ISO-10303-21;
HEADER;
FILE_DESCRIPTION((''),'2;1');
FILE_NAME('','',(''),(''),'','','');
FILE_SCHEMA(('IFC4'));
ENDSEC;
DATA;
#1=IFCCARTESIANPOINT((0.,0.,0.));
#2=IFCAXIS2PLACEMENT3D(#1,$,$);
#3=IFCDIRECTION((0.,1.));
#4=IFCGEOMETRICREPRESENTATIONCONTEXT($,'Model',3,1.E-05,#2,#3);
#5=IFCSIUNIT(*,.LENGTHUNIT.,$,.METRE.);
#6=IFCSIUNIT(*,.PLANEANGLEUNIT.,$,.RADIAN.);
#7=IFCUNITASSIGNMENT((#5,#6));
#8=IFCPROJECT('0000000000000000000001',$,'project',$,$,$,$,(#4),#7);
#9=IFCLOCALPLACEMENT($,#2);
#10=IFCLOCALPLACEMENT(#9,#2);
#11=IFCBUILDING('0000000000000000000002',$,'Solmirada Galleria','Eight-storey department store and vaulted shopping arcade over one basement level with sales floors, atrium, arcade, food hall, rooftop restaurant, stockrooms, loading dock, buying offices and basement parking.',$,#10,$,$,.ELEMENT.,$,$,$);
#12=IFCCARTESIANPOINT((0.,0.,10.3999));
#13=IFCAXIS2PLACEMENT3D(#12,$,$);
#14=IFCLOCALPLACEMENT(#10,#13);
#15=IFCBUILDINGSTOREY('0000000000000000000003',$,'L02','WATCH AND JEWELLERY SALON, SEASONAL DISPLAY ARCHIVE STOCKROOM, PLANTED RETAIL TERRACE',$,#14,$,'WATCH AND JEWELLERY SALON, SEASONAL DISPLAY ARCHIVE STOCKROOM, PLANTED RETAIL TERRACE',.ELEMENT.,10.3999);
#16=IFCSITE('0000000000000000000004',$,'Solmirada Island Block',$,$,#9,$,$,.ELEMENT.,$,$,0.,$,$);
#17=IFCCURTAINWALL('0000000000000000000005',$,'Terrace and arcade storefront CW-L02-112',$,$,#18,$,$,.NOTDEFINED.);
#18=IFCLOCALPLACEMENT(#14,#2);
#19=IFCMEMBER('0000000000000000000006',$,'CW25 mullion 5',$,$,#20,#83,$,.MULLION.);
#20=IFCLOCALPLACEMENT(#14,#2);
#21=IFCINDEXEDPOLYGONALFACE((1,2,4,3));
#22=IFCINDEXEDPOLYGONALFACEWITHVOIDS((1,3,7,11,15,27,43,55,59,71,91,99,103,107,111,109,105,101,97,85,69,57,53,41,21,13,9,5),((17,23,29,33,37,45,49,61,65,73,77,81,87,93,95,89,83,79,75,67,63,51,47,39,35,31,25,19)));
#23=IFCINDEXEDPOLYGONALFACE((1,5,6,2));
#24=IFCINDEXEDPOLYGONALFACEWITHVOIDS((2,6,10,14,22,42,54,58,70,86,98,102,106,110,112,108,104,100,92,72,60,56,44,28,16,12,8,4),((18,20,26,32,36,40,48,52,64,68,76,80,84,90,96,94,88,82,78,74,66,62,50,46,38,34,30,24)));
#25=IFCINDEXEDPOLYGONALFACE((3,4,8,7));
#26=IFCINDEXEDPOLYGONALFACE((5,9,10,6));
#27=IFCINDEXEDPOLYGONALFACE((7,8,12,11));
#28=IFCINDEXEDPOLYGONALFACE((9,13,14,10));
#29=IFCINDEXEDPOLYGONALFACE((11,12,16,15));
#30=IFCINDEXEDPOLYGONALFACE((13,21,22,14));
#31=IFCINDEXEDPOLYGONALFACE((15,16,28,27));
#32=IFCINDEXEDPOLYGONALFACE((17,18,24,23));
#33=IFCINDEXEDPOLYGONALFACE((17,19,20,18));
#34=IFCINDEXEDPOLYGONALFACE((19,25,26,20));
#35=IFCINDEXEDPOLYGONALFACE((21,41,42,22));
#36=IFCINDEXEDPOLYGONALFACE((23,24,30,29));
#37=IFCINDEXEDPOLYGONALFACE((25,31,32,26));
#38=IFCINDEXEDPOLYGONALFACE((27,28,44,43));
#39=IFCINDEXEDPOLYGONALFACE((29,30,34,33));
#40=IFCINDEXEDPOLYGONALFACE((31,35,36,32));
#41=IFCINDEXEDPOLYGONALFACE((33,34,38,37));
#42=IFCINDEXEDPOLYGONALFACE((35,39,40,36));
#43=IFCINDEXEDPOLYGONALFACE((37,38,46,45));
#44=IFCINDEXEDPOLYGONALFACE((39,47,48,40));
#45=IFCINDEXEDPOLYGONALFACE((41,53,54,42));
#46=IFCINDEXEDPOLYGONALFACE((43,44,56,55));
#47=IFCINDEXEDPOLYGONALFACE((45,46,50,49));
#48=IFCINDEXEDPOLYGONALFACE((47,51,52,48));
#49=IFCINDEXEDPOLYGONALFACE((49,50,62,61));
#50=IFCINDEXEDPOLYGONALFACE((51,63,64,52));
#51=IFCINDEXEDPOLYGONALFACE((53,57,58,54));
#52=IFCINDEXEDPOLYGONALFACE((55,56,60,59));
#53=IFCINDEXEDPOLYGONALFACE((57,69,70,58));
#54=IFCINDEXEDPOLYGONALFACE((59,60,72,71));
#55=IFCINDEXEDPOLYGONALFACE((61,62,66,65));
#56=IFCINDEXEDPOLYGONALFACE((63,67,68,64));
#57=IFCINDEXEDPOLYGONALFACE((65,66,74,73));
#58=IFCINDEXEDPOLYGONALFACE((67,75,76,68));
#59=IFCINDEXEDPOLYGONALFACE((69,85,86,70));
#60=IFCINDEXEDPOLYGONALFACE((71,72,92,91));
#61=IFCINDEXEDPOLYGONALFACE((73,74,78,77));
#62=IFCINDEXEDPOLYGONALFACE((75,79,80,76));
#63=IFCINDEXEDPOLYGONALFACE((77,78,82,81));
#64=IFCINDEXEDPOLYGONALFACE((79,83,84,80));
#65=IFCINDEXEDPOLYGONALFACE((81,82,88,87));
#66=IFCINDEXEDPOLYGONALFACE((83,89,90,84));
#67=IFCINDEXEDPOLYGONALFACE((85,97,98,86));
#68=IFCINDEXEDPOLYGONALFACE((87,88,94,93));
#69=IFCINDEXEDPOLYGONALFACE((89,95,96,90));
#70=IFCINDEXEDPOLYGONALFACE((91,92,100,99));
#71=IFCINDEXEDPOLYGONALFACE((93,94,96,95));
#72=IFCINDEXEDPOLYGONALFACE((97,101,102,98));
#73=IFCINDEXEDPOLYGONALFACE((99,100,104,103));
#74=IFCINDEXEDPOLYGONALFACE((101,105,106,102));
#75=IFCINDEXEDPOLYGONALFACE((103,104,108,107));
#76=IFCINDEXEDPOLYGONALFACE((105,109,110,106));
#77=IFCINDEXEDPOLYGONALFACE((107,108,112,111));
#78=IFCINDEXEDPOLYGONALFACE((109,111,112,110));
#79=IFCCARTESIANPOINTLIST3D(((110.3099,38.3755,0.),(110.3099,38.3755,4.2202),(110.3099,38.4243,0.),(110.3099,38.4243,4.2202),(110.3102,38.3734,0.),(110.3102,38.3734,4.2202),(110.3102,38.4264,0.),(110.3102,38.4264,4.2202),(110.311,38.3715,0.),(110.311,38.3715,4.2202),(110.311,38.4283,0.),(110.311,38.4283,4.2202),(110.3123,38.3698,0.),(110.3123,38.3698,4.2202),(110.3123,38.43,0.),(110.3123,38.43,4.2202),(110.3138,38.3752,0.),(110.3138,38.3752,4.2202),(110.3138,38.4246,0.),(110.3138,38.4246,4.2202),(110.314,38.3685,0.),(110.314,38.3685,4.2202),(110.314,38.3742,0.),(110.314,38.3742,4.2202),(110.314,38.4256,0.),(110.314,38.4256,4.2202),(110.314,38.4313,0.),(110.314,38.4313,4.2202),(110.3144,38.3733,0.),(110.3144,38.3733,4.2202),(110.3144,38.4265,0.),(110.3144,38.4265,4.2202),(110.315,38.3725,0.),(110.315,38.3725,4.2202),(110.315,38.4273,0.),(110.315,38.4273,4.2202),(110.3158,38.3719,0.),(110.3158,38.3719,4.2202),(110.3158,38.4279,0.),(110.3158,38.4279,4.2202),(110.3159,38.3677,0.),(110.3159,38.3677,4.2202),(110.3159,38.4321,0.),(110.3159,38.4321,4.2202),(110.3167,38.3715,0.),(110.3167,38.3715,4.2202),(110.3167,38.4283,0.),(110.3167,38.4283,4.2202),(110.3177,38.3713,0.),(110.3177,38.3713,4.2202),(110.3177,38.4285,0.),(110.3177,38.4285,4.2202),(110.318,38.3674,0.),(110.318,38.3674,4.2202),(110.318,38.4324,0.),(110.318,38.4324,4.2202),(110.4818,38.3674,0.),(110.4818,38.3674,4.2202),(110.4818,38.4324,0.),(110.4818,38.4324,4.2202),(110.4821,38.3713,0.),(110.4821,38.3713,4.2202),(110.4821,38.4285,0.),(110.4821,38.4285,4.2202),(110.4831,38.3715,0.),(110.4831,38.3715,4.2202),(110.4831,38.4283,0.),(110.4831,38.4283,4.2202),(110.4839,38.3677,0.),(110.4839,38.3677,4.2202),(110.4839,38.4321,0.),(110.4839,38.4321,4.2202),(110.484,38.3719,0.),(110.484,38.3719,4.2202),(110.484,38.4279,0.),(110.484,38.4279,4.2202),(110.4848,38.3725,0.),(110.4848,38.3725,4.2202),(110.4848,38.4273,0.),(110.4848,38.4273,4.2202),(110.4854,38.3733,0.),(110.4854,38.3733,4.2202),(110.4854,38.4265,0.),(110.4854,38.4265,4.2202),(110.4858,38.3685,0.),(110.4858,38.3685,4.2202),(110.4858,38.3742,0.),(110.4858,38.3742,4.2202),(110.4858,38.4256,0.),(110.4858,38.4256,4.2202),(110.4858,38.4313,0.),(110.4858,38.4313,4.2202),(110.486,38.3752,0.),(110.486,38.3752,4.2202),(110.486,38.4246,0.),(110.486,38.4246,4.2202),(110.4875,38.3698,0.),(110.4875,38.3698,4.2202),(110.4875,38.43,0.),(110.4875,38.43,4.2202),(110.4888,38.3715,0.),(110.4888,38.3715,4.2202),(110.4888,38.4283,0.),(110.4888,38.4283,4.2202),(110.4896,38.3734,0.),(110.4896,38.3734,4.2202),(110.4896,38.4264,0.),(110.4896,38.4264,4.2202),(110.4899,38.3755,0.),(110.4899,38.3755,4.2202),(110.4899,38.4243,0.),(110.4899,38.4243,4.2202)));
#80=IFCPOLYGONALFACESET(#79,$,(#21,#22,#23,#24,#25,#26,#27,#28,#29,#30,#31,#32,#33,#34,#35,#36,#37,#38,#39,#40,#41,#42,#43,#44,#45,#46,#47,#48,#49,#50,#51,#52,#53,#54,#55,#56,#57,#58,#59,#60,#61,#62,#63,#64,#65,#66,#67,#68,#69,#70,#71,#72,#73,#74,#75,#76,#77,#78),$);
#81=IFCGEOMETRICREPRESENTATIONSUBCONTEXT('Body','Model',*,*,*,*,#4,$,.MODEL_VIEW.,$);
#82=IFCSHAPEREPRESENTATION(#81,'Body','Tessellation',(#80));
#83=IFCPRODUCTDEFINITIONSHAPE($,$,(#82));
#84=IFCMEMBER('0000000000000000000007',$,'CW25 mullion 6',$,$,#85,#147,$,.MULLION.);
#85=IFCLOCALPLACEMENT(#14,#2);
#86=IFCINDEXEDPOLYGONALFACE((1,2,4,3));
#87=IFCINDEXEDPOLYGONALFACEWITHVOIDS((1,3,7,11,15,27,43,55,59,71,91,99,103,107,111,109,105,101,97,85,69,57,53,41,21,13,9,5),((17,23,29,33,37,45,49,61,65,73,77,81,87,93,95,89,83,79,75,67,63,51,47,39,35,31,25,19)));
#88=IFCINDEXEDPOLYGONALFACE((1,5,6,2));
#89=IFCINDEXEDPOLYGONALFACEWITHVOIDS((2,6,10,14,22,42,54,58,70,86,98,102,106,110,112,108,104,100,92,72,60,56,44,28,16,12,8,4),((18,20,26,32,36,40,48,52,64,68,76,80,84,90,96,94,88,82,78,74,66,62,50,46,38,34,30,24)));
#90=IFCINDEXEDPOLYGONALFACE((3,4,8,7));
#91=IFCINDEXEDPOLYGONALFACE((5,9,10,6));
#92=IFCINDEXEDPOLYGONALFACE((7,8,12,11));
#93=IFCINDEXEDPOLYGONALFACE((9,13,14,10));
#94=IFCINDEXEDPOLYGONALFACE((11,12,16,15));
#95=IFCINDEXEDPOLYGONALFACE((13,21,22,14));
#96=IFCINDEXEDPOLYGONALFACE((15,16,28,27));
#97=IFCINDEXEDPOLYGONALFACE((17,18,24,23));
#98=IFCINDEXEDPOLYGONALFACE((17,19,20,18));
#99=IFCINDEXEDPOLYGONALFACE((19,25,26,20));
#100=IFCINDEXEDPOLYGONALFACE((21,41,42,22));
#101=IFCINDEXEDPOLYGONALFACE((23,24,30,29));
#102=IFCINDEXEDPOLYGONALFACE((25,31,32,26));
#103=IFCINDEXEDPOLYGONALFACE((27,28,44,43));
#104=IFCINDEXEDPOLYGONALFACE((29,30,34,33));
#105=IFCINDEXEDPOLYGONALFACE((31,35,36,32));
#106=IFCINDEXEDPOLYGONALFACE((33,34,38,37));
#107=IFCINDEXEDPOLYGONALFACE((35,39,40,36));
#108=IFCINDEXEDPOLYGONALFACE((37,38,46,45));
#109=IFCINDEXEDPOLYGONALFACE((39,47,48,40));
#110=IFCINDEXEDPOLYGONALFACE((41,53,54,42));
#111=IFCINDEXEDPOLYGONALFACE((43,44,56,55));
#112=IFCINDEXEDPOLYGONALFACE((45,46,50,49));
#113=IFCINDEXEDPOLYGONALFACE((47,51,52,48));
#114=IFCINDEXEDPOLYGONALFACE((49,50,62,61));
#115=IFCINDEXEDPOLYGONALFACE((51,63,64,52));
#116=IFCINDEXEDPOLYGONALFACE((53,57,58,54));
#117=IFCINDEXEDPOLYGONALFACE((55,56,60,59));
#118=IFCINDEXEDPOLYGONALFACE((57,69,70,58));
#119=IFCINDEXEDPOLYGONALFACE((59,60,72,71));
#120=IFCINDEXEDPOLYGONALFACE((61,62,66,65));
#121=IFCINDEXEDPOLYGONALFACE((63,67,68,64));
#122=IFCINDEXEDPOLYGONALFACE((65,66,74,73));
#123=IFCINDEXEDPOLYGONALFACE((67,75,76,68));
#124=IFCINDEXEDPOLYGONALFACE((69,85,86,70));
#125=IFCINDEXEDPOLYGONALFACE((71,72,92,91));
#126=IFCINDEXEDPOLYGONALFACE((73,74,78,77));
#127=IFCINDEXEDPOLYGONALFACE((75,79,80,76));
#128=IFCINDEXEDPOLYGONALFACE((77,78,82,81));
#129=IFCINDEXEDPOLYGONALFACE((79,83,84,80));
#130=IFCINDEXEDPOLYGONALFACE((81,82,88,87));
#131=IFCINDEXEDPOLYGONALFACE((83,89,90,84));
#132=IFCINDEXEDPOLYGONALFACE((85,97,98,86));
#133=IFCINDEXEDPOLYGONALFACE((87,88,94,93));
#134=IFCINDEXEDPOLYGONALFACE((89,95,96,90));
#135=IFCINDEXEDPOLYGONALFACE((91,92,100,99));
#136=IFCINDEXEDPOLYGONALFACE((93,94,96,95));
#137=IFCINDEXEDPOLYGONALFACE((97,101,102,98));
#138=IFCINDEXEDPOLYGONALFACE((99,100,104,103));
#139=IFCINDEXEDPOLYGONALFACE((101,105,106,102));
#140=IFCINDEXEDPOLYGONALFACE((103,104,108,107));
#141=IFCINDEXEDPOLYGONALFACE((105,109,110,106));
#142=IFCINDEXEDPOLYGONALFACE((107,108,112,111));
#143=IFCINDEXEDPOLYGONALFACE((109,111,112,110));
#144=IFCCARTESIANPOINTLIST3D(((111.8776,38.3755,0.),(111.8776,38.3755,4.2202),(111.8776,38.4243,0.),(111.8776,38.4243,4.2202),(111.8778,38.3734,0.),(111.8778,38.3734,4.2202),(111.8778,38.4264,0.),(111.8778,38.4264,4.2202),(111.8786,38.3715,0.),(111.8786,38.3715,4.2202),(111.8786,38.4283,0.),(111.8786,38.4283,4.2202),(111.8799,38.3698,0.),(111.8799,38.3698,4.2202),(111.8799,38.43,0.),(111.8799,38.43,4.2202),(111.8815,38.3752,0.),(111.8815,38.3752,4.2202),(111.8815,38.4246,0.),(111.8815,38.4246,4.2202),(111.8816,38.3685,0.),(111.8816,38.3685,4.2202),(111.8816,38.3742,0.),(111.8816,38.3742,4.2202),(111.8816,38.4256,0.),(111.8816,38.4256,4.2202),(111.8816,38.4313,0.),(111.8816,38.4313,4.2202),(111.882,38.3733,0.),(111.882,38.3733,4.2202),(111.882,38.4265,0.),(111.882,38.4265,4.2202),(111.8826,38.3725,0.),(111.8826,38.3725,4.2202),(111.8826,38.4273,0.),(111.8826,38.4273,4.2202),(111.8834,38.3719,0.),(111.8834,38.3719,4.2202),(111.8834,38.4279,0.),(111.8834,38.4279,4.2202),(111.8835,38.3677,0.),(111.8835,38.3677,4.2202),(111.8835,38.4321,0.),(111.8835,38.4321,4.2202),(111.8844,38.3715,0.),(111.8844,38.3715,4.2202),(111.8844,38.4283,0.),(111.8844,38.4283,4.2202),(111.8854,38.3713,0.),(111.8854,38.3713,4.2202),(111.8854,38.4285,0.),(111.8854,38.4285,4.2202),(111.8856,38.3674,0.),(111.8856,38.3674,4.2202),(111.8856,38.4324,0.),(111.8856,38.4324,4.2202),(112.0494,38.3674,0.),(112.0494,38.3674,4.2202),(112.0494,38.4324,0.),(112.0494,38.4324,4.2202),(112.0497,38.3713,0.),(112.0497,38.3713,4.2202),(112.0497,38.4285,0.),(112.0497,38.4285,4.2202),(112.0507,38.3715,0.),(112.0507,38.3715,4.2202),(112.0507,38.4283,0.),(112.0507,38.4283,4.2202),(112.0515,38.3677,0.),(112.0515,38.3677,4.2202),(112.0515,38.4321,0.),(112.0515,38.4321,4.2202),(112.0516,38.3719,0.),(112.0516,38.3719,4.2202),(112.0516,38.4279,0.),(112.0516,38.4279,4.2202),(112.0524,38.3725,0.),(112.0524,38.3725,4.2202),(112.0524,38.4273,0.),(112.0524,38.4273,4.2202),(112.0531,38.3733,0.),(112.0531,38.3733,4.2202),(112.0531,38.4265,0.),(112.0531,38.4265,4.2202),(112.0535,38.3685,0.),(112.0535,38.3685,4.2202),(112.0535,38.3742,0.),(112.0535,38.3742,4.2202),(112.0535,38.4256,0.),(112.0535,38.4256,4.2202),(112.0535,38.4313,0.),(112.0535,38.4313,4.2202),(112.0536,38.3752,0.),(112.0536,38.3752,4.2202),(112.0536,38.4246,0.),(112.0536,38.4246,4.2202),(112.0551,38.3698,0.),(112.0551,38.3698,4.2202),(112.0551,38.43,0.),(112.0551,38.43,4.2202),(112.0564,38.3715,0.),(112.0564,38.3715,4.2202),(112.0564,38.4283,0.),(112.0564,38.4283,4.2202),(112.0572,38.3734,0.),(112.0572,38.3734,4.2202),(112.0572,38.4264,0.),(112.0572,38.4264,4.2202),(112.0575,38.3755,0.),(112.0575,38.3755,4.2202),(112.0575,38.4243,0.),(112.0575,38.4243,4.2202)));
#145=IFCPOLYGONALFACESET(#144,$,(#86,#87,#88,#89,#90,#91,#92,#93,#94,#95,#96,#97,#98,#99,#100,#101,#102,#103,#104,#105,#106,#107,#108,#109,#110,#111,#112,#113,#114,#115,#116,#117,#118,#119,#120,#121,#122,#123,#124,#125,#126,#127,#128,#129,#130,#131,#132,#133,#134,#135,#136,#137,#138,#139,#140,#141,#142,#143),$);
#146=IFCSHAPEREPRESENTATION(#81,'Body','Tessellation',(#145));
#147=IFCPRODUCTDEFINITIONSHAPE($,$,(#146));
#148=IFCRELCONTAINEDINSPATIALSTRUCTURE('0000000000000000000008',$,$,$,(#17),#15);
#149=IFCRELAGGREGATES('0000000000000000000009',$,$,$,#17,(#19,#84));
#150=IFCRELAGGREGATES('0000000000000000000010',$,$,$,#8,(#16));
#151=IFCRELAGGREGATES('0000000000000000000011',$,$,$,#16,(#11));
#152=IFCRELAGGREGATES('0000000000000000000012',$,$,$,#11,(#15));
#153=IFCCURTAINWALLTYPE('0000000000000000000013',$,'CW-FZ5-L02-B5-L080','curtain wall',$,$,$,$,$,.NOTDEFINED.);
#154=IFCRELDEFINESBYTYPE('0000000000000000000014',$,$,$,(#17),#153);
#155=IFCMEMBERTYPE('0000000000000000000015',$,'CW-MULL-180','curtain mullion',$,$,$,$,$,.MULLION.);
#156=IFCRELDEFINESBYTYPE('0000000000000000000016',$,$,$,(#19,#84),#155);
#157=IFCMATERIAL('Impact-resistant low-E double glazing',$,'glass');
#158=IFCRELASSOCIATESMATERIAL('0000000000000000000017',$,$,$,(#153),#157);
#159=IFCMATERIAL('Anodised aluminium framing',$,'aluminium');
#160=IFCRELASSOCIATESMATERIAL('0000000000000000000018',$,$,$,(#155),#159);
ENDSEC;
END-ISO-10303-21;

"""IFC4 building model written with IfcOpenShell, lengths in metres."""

from ifc_helpers import new_model, si_unit, direction, frame, origin, origin_2d, place, context, subcontext, project, spatial, hollow_rectangle, extrude, material, material_profile, profile_set, type_object, element, aggregate, save


model = new_model("IFC4")

# Units and contexts
model_context = context("Model", 3, precision=1e-05, world=origin(), true_north=direction((0.0, 1.0)))
body_context = subcontext(model_context, "Body", "Model", "MODEL_VIEW")
ifc_project = project(units=[si_unit("LENGTHUNIT", "METRE"), si_unit("PLANEANGLEUNIT", "RADIAN")], contexts=[model_context])

# Site, building, storey
site_placement = place(None, origin())
site = spatial("IfcSite", under=ifc_project, at=site_placement, Name="Solmirada Island Block", CompositionType="ELEMENT", RefElevation=0.0)
building_placement = place(site_placement, origin())
building = spatial("IfcBuilding", under=site, at=building_placement, Name="Solmirada Galleria", Description="Eight-storey department store and vaulted shopping arcade over one basement level with sales floors, atrium, arcade, food hall, rooftop restaurant, stockrooms, loading dock, buying offices and basement parking.", CompositionType="ELEMENT")
storey_placement = place(building_placement, frame((0.0, 0.0, 10.3999)))
storey = spatial("IfcBuildingStorey", under=building, at=storey_placement, Name="L02", Description="WATCH AND JEWELLERY SALON, SEASONAL DISPLAY ARCHIVE STOCKROOM, PLANTED RETAIL TERRACE", LongName="WATCH AND JEWELLERY SALON, SEASONAL DISPLAY ARCHIVE STOCKROOM, PLANTED RETAIL TERRACE", CompositionType="ELEMENT", Elevation=10.3999)

# Curtain wall, members
ifc_material_1 = material(Name="Impact-resistant low-E double glazing", Category="glass")
curtain_wall_type = type_object("IfcCurtainWallType", Name="CW-FZ5-L02-B5-L080", Description="curtain wall", PredefinedType="NOTDEFINED", material=ifc_material_1)
curtain_wall_1_placement = place(storey_placement, origin())
curtain_wall_1 = element("IfcCurtainWall", 1, at=curtain_wall_1_placement, inside=storey, type_object=curtain_wall_type, Name="Terrace and arcade storefront CW-L02-112", PredefinedType="NOTDEFINED")
ifc_material_2 = material(Name="Anodised aluminium framing", Category="aluminium")
ifc_material_profile_1 = material_profile(ifc_material_2, hollow_rectangle(XDim=0.0649, YDim=0.1799, WallThickness=0.0039, InnerFilletRadius=0.0039, OuterFilletRadius=0.0081, at=origin_2d()), Name="ALU-MULL-180X65")
ifc_profile_set_1 = profile_set([ifc_material_profile_1], Name="Anodised aluminium framing")
member_type_1 = type_object("IfcMemberType", Name="CW-MULL-180", Description="curtain mullion", PredefinedType="MULLION", material=ifc_profile_set_1)
member_1_placement = place(storey_placement, frame((110.3999, 38.3999, 0.0), z_axis=(0.0, 0.0, 1.0), x_axis=(0.0, 1.0, 0.0)))
member_1 = element("IfcMember", 2, at=member_1_placement, type_object=member_type_1, Name="CW25 mullion 5", PredefinedType="MULLION", context=body_context, shape_type="SweptSolid", body=[
    extrude(hollow_rectangle(XDim=0.0649, YDim=0.1799, WallThickness=0.0039, InnerFilletRadius=0.0039, OuterFilletRadius=0.0081, at=origin_2d()), origin(), (0.0, 0.0, 1.0), 4.2202),
])
member_2_placement = place(storey_placement, frame((111.9675, 38.3999, 0.0), z_axis=(0.0, 0.0, 1.0), x_axis=(0.0, 1.0, 0.0)))
member_2 = element("IfcMember", 3, at=member_2_placement, type_object=member_type_1, Name="CW25 mullion 6", PredefinedType="MULLION", context=body_context, shape_type="SweptSolid", body=[
    extrude(hollow_rectangle(XDim=0.0649, YDim=0.1799, WallThickness=0.0039, InnerFilletRadius=0.0039, OuterFilletRadius=0.0081, at=origin_2d()), origin(), (0.0, 0.0, 1.0), 4.2202),
])

aggregate(curtain_wall_1, [member_1, member_2])

save(model, "model.ifc")
